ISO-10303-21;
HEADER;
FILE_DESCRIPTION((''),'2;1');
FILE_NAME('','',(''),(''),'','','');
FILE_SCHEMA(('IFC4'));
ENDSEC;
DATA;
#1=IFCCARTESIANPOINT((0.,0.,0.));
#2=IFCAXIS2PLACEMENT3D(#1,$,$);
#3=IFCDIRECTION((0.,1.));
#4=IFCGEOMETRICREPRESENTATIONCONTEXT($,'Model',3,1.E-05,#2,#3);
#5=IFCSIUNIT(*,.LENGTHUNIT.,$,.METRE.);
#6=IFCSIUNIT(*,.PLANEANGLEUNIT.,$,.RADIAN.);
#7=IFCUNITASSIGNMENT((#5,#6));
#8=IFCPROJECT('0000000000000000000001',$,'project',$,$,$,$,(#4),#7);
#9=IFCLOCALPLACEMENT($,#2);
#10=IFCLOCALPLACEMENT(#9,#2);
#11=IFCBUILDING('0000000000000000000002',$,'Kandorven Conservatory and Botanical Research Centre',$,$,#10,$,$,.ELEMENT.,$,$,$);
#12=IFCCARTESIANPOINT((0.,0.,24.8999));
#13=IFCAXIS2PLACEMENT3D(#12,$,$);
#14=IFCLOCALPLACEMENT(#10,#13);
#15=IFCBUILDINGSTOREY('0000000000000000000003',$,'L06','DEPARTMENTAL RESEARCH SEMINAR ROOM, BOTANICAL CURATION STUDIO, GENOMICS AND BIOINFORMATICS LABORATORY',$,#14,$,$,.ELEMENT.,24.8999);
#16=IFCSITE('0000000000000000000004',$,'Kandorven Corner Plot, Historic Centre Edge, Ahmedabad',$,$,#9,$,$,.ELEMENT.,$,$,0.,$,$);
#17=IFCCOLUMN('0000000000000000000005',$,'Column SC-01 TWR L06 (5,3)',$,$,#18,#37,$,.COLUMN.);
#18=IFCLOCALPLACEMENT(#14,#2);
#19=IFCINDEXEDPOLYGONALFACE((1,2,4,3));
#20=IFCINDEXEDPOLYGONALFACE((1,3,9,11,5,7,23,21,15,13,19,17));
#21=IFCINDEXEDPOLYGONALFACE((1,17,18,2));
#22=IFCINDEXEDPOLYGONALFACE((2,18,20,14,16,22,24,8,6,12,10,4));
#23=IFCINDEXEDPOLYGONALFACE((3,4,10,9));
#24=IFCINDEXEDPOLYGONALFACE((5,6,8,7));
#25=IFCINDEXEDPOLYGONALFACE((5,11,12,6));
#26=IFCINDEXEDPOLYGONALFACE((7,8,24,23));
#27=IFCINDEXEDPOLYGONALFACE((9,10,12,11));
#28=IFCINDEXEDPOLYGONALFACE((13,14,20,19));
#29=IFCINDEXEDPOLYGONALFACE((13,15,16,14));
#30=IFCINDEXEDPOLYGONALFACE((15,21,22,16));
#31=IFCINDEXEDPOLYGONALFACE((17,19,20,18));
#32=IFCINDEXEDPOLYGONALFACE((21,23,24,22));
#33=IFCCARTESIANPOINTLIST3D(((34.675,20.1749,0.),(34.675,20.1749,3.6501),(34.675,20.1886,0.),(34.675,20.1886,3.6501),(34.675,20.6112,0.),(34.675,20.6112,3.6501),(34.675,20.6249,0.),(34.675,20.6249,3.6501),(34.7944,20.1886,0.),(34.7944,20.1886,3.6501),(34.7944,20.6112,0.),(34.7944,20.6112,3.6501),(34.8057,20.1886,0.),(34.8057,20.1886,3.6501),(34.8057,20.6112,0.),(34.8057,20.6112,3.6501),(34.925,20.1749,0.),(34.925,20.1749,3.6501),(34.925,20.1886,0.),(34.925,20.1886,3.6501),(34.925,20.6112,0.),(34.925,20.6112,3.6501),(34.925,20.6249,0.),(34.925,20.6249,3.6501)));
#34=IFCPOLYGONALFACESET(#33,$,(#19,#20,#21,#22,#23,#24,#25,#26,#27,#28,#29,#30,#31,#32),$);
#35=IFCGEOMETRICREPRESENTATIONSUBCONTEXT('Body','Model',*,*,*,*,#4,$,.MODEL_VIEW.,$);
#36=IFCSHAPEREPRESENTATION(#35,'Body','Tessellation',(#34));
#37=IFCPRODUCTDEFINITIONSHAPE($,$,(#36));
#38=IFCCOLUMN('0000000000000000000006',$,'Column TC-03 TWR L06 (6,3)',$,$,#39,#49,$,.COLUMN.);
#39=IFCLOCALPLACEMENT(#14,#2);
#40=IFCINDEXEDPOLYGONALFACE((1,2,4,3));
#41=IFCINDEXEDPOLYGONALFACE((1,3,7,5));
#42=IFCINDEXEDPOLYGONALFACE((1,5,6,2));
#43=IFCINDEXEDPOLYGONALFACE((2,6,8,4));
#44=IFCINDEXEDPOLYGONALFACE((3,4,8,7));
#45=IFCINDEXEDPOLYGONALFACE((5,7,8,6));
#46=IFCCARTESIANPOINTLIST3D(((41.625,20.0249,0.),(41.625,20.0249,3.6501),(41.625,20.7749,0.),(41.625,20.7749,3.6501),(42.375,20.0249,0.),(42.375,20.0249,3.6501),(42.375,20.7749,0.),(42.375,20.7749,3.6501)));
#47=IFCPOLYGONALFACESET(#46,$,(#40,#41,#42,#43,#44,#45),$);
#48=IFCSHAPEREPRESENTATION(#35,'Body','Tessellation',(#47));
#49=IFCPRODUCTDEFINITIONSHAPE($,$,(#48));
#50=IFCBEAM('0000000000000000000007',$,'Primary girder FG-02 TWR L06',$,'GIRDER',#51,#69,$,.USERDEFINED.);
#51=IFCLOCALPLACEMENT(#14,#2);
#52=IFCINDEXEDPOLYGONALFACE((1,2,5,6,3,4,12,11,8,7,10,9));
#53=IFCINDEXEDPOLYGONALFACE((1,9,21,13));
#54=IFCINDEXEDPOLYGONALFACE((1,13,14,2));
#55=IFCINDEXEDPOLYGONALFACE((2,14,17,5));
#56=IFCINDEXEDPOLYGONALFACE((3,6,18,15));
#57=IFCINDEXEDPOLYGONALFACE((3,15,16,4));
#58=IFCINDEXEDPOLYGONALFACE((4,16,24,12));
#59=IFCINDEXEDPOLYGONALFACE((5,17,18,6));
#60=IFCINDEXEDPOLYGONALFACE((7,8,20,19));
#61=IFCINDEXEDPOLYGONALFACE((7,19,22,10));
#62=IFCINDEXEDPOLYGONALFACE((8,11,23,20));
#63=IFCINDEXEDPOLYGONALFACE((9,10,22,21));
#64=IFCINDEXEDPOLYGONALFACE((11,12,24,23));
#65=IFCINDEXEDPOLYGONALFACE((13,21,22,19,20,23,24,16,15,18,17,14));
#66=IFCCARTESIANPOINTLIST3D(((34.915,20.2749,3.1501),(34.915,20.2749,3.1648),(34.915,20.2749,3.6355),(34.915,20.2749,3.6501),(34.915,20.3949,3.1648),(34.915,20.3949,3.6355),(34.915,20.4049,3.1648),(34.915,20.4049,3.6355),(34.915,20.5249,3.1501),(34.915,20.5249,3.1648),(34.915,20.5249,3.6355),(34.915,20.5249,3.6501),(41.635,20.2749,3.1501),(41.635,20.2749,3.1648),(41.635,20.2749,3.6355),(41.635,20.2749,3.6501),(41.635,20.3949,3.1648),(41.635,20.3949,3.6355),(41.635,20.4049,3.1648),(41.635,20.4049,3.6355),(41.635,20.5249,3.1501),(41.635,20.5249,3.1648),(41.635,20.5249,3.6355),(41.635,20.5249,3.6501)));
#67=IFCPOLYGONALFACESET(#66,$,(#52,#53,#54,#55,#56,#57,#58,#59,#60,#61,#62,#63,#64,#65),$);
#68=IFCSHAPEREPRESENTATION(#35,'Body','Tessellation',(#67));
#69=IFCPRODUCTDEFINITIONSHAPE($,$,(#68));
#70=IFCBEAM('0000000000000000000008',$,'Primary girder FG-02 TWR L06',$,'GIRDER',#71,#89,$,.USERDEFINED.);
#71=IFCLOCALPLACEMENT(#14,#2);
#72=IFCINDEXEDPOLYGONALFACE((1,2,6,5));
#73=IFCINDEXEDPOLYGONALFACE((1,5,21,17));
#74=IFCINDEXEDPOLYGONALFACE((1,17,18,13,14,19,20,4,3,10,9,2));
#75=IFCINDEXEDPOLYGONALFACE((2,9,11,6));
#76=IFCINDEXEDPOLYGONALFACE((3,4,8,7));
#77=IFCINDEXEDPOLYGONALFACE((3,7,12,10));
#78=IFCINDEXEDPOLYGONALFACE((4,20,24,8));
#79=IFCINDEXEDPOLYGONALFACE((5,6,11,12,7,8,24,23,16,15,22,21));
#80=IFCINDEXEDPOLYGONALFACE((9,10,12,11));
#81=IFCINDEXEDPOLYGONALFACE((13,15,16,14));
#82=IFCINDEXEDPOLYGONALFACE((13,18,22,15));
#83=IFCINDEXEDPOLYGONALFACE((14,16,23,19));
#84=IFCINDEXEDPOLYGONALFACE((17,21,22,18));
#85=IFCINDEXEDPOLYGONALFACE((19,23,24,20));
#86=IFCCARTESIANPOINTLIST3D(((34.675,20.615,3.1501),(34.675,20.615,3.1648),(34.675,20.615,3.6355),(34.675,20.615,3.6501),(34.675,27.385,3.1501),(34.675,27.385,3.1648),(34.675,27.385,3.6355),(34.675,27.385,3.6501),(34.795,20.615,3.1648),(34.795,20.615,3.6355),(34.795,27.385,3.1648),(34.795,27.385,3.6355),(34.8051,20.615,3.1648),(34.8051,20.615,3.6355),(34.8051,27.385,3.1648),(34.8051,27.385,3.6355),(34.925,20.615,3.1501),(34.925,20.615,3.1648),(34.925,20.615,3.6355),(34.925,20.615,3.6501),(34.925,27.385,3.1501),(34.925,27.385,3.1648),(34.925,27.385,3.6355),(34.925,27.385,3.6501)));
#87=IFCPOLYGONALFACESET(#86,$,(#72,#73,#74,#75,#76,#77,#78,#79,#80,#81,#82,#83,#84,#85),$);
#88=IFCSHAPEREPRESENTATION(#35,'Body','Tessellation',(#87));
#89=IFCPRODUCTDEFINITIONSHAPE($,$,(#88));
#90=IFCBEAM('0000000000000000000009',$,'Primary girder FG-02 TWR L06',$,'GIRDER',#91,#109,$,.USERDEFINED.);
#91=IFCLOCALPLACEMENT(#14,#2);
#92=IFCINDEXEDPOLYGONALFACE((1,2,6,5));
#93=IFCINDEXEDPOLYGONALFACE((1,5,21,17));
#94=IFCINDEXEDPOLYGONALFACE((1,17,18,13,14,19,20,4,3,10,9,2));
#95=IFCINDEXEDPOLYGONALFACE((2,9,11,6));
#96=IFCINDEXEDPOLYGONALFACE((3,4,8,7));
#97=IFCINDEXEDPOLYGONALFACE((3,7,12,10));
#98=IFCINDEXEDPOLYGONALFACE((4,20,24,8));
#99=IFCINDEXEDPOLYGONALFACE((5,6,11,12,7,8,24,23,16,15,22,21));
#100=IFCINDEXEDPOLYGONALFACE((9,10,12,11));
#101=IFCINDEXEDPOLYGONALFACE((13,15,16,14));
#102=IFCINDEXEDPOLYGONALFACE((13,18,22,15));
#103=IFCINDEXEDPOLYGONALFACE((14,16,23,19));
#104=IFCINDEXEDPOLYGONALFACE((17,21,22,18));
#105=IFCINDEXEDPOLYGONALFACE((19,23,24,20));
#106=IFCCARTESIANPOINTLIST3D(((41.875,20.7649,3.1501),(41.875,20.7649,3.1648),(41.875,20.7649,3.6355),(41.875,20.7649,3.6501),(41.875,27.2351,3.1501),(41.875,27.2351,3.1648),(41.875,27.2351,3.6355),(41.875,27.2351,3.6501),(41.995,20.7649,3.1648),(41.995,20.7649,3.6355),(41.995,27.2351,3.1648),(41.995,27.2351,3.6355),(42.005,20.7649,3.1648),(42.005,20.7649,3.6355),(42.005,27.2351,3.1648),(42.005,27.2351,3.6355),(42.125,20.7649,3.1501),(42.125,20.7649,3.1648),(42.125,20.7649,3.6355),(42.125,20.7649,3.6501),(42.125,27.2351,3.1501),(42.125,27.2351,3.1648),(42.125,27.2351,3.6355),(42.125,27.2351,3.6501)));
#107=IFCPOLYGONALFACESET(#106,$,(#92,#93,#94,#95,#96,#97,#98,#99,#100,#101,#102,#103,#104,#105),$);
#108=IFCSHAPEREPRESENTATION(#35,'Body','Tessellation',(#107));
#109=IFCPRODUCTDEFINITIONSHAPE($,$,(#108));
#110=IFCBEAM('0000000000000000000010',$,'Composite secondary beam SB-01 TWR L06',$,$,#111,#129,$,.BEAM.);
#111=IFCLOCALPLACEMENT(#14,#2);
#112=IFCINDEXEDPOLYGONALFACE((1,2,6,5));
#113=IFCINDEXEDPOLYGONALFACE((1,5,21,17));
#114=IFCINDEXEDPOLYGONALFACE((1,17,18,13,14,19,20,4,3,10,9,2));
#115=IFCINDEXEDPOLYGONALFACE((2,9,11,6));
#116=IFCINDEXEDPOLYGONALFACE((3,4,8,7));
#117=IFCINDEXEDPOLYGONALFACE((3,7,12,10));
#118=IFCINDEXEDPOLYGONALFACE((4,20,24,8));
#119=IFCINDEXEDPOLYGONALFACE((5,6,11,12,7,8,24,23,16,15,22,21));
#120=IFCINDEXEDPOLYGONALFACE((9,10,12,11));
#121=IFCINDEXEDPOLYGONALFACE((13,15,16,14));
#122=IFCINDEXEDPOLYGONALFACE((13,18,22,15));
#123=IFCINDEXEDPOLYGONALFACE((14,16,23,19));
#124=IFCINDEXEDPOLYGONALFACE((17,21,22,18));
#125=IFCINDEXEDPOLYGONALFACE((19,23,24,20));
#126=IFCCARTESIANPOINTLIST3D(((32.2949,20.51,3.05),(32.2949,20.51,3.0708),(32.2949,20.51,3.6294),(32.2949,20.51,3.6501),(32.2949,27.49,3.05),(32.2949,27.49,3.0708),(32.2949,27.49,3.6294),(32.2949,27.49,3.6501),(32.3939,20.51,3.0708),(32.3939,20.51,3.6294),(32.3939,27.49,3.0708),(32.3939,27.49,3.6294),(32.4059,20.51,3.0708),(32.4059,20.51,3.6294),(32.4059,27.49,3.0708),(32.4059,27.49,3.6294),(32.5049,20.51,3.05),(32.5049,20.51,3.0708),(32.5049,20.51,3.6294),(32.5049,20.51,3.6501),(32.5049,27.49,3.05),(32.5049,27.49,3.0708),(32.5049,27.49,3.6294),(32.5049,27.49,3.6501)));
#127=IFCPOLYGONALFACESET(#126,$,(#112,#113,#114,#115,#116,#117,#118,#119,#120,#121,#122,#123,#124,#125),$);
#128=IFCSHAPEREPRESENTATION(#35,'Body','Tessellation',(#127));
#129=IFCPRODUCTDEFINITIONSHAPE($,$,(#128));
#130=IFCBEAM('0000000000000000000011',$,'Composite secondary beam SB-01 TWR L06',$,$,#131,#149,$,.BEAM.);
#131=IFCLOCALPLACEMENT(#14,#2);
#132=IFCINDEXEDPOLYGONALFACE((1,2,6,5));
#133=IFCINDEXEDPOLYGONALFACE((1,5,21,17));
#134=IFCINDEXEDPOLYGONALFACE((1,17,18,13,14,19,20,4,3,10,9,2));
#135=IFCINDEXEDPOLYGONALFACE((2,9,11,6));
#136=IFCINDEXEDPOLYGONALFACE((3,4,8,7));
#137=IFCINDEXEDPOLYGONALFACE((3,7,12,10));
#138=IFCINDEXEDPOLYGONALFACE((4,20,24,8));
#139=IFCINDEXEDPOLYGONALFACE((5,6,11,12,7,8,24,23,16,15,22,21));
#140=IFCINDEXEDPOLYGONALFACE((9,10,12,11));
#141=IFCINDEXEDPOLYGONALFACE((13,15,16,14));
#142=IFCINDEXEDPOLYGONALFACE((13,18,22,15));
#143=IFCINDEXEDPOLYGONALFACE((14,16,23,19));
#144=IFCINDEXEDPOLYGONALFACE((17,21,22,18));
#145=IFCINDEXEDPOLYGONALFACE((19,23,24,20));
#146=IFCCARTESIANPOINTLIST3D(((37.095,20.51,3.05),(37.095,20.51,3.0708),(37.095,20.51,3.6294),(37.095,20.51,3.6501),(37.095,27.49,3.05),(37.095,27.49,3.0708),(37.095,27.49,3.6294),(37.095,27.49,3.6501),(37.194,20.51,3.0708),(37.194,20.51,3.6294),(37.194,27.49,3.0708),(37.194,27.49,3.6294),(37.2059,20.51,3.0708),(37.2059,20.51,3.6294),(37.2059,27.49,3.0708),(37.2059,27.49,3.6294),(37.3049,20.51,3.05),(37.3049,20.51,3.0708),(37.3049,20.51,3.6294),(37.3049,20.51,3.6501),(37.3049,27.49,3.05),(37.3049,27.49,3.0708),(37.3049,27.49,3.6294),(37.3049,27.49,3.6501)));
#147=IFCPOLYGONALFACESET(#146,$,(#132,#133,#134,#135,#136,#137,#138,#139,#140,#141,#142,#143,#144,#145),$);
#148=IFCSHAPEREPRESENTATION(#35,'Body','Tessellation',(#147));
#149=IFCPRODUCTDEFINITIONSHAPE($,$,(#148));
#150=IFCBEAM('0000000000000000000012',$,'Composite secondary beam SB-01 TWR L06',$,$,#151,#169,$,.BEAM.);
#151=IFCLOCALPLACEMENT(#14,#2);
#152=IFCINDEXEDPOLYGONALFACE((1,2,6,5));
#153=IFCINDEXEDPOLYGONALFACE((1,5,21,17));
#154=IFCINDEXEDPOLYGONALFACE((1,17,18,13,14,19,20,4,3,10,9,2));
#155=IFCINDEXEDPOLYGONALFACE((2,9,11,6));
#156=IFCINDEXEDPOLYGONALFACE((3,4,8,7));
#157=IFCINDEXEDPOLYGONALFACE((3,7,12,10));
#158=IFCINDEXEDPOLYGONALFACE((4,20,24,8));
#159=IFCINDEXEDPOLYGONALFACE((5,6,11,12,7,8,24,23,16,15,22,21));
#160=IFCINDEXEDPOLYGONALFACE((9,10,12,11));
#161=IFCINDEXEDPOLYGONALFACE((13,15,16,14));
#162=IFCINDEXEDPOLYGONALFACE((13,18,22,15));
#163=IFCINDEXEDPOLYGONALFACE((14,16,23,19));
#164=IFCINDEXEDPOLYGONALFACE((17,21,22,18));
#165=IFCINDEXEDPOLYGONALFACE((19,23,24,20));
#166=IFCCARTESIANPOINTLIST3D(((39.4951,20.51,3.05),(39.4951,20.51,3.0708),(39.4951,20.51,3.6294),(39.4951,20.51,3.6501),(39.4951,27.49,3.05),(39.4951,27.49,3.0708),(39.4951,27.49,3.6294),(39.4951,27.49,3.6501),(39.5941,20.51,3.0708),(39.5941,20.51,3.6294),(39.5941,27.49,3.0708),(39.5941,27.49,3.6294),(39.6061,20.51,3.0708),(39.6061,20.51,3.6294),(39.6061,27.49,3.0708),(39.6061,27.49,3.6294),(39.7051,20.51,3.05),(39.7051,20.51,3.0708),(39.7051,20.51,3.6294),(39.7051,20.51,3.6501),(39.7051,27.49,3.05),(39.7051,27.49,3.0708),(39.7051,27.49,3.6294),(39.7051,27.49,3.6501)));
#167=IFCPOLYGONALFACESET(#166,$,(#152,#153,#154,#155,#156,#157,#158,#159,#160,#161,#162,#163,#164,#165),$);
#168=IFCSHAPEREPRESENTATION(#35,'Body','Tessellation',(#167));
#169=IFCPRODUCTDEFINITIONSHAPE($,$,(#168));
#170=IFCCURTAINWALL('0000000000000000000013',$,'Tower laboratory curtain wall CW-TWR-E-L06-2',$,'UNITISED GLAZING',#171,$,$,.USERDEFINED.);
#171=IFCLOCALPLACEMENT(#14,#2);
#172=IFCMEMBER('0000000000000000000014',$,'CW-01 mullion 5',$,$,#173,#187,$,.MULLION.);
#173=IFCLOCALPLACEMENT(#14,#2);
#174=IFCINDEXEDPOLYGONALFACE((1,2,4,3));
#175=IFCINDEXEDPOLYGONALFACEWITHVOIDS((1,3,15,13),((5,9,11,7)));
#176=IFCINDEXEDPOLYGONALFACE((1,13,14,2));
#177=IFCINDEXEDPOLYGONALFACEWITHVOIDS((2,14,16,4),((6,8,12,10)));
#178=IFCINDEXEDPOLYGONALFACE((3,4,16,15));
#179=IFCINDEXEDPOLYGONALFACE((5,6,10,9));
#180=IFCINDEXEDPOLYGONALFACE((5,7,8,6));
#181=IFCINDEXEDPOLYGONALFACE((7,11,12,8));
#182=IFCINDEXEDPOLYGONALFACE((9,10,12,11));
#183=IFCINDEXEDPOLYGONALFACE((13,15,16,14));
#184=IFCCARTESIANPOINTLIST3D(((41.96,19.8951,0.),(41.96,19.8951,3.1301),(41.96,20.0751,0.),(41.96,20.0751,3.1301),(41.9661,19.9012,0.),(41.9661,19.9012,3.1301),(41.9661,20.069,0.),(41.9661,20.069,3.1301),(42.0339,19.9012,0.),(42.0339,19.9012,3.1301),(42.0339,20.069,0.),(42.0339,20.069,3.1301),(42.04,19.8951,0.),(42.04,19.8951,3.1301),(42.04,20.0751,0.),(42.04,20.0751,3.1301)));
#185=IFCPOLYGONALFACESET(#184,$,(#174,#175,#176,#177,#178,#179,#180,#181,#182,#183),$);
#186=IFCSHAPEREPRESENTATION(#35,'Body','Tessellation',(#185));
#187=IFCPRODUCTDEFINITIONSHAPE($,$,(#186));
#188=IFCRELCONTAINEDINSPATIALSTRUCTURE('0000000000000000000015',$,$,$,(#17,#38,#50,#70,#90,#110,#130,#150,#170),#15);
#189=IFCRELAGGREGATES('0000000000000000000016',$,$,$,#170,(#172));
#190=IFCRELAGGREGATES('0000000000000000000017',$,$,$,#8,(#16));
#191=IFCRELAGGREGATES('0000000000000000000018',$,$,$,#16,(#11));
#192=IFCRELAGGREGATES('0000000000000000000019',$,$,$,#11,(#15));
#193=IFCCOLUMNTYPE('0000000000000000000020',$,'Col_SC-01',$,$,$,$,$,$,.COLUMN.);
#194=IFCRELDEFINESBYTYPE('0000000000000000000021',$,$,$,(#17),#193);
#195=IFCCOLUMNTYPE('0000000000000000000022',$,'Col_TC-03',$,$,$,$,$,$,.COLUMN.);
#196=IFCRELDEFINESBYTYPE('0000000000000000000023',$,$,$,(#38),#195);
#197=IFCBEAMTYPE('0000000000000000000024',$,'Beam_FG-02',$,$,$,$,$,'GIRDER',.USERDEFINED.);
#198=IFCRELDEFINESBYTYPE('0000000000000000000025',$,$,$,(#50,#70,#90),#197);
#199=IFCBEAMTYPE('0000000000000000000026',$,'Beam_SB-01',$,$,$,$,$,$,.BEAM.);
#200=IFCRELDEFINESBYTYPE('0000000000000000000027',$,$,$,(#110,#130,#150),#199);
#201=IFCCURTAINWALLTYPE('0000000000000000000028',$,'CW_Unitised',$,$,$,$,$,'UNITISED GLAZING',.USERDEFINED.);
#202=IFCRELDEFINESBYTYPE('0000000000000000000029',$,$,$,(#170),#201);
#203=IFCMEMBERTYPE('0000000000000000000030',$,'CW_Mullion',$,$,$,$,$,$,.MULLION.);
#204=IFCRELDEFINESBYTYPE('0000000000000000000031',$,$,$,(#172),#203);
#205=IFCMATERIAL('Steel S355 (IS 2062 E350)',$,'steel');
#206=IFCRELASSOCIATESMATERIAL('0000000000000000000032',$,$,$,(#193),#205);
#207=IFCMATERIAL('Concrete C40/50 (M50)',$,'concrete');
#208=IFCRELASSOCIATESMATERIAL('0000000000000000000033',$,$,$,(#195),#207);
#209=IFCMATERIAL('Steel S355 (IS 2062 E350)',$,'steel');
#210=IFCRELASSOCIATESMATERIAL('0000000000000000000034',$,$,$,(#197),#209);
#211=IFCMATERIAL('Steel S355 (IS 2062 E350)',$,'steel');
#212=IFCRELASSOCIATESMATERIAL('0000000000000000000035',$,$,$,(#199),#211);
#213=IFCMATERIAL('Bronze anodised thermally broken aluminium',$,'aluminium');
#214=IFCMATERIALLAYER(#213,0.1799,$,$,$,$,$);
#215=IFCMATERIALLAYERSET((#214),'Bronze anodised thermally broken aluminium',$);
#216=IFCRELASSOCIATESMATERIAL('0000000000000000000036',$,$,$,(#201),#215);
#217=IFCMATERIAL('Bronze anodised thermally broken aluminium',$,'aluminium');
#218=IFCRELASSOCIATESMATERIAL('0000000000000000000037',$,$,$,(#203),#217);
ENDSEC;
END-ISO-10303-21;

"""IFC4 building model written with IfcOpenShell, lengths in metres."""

from ifc_helpers import new_model, si_unit, direction, frame, origin, origin_2d, place, context, subcontext, project, spatial, rectangle, hollow_rectangle, i_section, extrude, material, layer, layer_set, material_profile, profile_set, type_object, element, aggregate, save


model = new_model("IFC4")

# Units and contexts
model_context = context("Model", 3, precision=1e-05, world=origin(), true_north=direction((0.0, 1.0)))
body_context = subcontext(model_context, "Body", "Model", "MODEL_VIEW")
ifc_project = project(units=[si_unit("LENGTHUNIT", "METRE"), si_unit("PLANEANGLEUNIT", "RADIAN")], contexts=[model_context])

# Site, building, storey
site_placement = place(None, origin())
site = spatial("IfcSite", under=ifc_project, at=site_placement, Name="Kandorven Corner Plot, Historic Centre Edge, Ahmedabad", CompositionType="ELEMENT", RefElevation=0.0)
building_placement = place(site_placement, origin())
building = spatial("IfcBuilding", under=site, at=building_placement, Name="Kandorven Conservatory and Botanical Research Centre", CompositionType="ELEMENT")
storey_placement = place(building_placement, frame((0.0, 0.0, 24.8999)))
storey = spatial("IfcBuildingStorey", under=building, at=storey_placement, Name="L06", Description="DEPARTMENTAL RESEARCH SEMINAR ROOM, BOTANICAL CURATION STUDIO, GENOMICS AND BIOINFORMATICS LABORATORY", CompositionType="ELEMENT", Elevation=24.8999)

# Columns
ifc_material_1 = material(Name="Steel S355 (IS 2062 E350)", Category="steel")
ifc_material_profile_1 = material_profile(ifc_material_1, i_section(OverallWidth=0.25, OverallDepth=0.45, WebThickness=0.0112, FlangeThickness=0.0137, at=origin_2d()))
ifc_profile_set_1 = profile_set([ifc_material_profile_1], Name="Steel S355 (IS 2062 E350)")
column_type_1 = type_object("IfcColumnType", Name="Col_SC-01", PredefinedType="COLUMN", material=ifc_profile_set_1)
column_1_placement = place(storey_placement, frame((34.8, 20.3999, 0.0), z_axis=(0.0, 0.0, 1.0), x_axis=(1.0, 0.0, 0.0)))
element("IfcColumn", 1, at=column_1_placement, inside=storey, type_object=column_type_1, Name="Column SC-01 TWR L06 (5,3)", PredefinedType="COLUMN", context=body_context, shape_type="SweptSolid", body=[
    extrude(i_section(OverallWidth=0.25, OverallDepth=0.45, WebThickness=0.0112, FlangeThickness=0.0137, at=origin_2d()), origin(), (0.0, 0.0, 1.0), 3.6501),
])
ifc_material_2 = material(Name="Concrete C40/50 (M50)", Category="concrete")
ifc_material_profile_2 = material_profile(ifc_material_2, rectangle(XDim=0.75, YDim=0.75, at=origin_2d()))
ifc_profile_set_2 = profile_set([ifc_material_profile_2], Name="Concrete C40/50 (M50)")
column_type_2 = type_object("IfcColumnType", Name="Col_TC-03", PredefinedType="COLUMN", material=ifc_profile_set_2)
column_2_placement = place(storey_placement, frame((42.0, 20.3999, 0.0), z_axis=(0.0, 0.0, 1.0), x_axis=(1.0, 0.0, 0.0)))
element("IfcColumn", 2, at=column_2_placement, inside=storey, type_object=column_type_2, Name="Column TC-03 TWR L06 (6,3)", PredefinedType="COLUMN", context=body_context, shape_type="SweptSolid", body=[
    extrude(rectangle(XDim=0.75, YDim=0.75, at=origin_2d()), origin(), (0.0, 0.0, 1.0), 3.6501),
])

# Beams
ifc_material_3 = material(Name="Steel S355 (IS 2062 E350)", Category="steel")
ifc_material_profile_3 = material_profile(ifc_material_3, i_section(OverallWidth=0.25, OverallDepth=0.5, WebThickness=0.01, FlangeThickness=0.0146, at=origin_2d()))
ifc_profile_set_3 = profile_set([ifc_material_profile_3], Name="Steel S355 (IS 2062 E350)")
beam_type_1 = type_object("IfcBeamType", Name="Beam_FG-02", ElementType="GIRDER", PredefinedType="USERDEFINED", material=ifc_profile_set_3)
beam_1_placement = place(storey_placement, frame((34.915, 20.3999, 3.4001), z_axis=(1.0, 0.0, 0.0), x_axis=(0.0, 1.0, 0.0)))
element("IfcBeam", 3, at=beam_1_placement, inside=storey, type_object=beam_type_1, Name="Primary girder FG-02 TWR L06", ObjectType="GIRDER", PredefinedType="USERDEFINED", context=body_context, shape_type="SweptSolid", body=[
    extrude(i_section(OverallWidth=0.25, OverallDepth=0.5, WebThickness=0.01, FlangeThickness=0.0146, at=origin_2d()), origin(), (0.0, 0.0, 1.0), 6.72),
])
beam_2_placement = place(storey_placement, frame((34.8, 20.615, 3.4001), z_axis=(0.0, 1.0, 0.0), x_axis=(-1.0, 0.0, 0.0)))
element("IfcBeam", 4, at=beam_2_placement, inside=storey, type_object=beam_type_1, Name="Primary girder FG-02 TWR L06", ObjectType="GIRDER", PredefinedType="USERDEFINED", context=body_context, shape_type="SweptSolid", body=[
    extrude(i_section(OverallWidth=0.25, OverallDepth=0.5, WebThickness=0.01, FlangeThickness=0.0146, at=origin_2d()), origin(), (0.0, 0.0, 1.0), 6.77),
])
beam_3_placement = place(storey_placement, frame((42.0, 20.7649, 3.4001), z_axis=(0.0, 1.0, 0.0), x_axis=(-1.0, 0.0, 0.0)))
element("IfcBeam", 5, at=beam_3_placement, inside=storey, type_object=beam_type_1, Name="Primary girder FG-02 TWR L06", ObjectType="GIRDER", PredefinedType="USERDEFINED", context=body_context, shape_type="SweptSolid", body=[
    extrude(i_section(OverallWidth=0.25, OverallDepth=0.5, WebThickness=0.01, FlangeThickness=0.0146, at=origin_2d()), origin(), (0.0, 0.0, 1.0), 6.4702),
])
ifc_material_4 = material(Name="Steel S355 (IS 2062 E350)", Category="steel")
ifc_material_profile_4 = material_profile(ifc_material_4, i_section(OverallWidth=0.21, OverallDepth=0.6001, WebThickness=0.012, FlangeThickness=0.0208, at=origin_2d()))
ifc_profile_set_4 = profile_set([ifc_material_profile_4], Name="Steel S355 (IS 2062 E350)")
beam_type_2 = type_object("IfcBeamType", Name="Beam_SB-01", PredefinedType="BEAM", material=ifc_profile_set_4)
for number, where, z_axis, x_axis, name in (
    (6, (32.3999, 20.51, 3.3501), (0.0, 1.0, 0.0), (-1.0, 0.0, 0.0), "Composite secondary beam SB-01 TWR L06"),
    (7, (37.2, 20.51, 3.3501), (0.0, 1.0, 0.0), (-1.0, 0.0, 0.0), "Composite secondary beam SB-01 TWR L06"),
    (8, (39.6001, 20.51, 3.3501), (0.0, 1.0, 0.0), (-1.0, 0.0, 0.0), "Composite secondary beam SB-01 TWR L06"),
):
    element("IfcBeam", number, at=place(storey_placement, frame(where, z_axis=z_axis, x_axis=x_axis)), inside=storey, type_object=beam_type_2, Name=name, PredefinedType="BEAM", context=body_context, shape_type="SweptSolid", body=[
        extrude(i_section(OverallWidth=0.21, OverallDepth=0.6001, WebThickness=0.012, FlangeThickness=0.0208, at=origin_2d()), origin(), (0.0, 0.0, 1.0), 6.98),
    ])

# Curtain wall, member
ifc_material_5 = material(Name="Bronze anodised thermally broken aluminium", Category="aluminium")
ifc_layer_1 = layer(ifc_material_5, 0.1799)
ifc_layer_set_1 = layer_set([ifc_layer_1], Name="Bronze anodised thermally broken aluminium")
curtain_wall_type = type_object("IfcCurtainWallType", Name="CW_Unitised", ElementType="UNITISED GLAZING", PredefinedType="USERDEFINED", material=ifc_layer_set_1)
curtain_wall_1_placement = place(storey_placement, origin())
curtain_wall_1 = element("IfcCurtainWall", 9, at=curtain_wall_1_placement, inside=storey, type_object=curtain_wall_type, Name="Tower laboratory curtain wall CW-TWR-E-L06-2", ObjectType="UNITISED GLAZING", PredefinedType="USERDEFINED")
ifc_material_6 = material(Name="Bronze anodised thermally broken aluminium", Category="aluminium")
ifc_material_profile_5 = material_profile(ifc_material_6, hollow_rectangle(XDim=0.0801, YDim=0.1799, WallThickness=0.0061, at=origin_2d()))
ifc_profile_set_5 = profile_set([ifc_material_profile_5], Name="Bronze anodised thermally broken aluminium")
member_type_1 = type_object("IfcMemberType", Name="CW_Mullion", PredefinedType="MULLION", material=ifc_profile_set_5)
member_1_placement = place(storey_placement, frame((42.0, 19.9851, 0.0), z_axis=(0.0, 0.0, 1.0), x_axis=(-1.0, 0.0, 0.0)))
member_1 = element("IfcMember", 10, at=member_1_placement, type_object=member_type_1, Name="CW-01 mullion 5", PredefinedType="MULLION", context=body_context, shape_type="SweptSolid", body=[
    extrude(hollow_rectangle(XDim=0.0801, YDim=0.1799, WallThickness=0.0061, at=origin_2d()), origin(), (0.0, 0.0, 1.0), 3.1301),
])

aggregate(curtain_wall_1, [member_1])

save(model, "model.ifc")
